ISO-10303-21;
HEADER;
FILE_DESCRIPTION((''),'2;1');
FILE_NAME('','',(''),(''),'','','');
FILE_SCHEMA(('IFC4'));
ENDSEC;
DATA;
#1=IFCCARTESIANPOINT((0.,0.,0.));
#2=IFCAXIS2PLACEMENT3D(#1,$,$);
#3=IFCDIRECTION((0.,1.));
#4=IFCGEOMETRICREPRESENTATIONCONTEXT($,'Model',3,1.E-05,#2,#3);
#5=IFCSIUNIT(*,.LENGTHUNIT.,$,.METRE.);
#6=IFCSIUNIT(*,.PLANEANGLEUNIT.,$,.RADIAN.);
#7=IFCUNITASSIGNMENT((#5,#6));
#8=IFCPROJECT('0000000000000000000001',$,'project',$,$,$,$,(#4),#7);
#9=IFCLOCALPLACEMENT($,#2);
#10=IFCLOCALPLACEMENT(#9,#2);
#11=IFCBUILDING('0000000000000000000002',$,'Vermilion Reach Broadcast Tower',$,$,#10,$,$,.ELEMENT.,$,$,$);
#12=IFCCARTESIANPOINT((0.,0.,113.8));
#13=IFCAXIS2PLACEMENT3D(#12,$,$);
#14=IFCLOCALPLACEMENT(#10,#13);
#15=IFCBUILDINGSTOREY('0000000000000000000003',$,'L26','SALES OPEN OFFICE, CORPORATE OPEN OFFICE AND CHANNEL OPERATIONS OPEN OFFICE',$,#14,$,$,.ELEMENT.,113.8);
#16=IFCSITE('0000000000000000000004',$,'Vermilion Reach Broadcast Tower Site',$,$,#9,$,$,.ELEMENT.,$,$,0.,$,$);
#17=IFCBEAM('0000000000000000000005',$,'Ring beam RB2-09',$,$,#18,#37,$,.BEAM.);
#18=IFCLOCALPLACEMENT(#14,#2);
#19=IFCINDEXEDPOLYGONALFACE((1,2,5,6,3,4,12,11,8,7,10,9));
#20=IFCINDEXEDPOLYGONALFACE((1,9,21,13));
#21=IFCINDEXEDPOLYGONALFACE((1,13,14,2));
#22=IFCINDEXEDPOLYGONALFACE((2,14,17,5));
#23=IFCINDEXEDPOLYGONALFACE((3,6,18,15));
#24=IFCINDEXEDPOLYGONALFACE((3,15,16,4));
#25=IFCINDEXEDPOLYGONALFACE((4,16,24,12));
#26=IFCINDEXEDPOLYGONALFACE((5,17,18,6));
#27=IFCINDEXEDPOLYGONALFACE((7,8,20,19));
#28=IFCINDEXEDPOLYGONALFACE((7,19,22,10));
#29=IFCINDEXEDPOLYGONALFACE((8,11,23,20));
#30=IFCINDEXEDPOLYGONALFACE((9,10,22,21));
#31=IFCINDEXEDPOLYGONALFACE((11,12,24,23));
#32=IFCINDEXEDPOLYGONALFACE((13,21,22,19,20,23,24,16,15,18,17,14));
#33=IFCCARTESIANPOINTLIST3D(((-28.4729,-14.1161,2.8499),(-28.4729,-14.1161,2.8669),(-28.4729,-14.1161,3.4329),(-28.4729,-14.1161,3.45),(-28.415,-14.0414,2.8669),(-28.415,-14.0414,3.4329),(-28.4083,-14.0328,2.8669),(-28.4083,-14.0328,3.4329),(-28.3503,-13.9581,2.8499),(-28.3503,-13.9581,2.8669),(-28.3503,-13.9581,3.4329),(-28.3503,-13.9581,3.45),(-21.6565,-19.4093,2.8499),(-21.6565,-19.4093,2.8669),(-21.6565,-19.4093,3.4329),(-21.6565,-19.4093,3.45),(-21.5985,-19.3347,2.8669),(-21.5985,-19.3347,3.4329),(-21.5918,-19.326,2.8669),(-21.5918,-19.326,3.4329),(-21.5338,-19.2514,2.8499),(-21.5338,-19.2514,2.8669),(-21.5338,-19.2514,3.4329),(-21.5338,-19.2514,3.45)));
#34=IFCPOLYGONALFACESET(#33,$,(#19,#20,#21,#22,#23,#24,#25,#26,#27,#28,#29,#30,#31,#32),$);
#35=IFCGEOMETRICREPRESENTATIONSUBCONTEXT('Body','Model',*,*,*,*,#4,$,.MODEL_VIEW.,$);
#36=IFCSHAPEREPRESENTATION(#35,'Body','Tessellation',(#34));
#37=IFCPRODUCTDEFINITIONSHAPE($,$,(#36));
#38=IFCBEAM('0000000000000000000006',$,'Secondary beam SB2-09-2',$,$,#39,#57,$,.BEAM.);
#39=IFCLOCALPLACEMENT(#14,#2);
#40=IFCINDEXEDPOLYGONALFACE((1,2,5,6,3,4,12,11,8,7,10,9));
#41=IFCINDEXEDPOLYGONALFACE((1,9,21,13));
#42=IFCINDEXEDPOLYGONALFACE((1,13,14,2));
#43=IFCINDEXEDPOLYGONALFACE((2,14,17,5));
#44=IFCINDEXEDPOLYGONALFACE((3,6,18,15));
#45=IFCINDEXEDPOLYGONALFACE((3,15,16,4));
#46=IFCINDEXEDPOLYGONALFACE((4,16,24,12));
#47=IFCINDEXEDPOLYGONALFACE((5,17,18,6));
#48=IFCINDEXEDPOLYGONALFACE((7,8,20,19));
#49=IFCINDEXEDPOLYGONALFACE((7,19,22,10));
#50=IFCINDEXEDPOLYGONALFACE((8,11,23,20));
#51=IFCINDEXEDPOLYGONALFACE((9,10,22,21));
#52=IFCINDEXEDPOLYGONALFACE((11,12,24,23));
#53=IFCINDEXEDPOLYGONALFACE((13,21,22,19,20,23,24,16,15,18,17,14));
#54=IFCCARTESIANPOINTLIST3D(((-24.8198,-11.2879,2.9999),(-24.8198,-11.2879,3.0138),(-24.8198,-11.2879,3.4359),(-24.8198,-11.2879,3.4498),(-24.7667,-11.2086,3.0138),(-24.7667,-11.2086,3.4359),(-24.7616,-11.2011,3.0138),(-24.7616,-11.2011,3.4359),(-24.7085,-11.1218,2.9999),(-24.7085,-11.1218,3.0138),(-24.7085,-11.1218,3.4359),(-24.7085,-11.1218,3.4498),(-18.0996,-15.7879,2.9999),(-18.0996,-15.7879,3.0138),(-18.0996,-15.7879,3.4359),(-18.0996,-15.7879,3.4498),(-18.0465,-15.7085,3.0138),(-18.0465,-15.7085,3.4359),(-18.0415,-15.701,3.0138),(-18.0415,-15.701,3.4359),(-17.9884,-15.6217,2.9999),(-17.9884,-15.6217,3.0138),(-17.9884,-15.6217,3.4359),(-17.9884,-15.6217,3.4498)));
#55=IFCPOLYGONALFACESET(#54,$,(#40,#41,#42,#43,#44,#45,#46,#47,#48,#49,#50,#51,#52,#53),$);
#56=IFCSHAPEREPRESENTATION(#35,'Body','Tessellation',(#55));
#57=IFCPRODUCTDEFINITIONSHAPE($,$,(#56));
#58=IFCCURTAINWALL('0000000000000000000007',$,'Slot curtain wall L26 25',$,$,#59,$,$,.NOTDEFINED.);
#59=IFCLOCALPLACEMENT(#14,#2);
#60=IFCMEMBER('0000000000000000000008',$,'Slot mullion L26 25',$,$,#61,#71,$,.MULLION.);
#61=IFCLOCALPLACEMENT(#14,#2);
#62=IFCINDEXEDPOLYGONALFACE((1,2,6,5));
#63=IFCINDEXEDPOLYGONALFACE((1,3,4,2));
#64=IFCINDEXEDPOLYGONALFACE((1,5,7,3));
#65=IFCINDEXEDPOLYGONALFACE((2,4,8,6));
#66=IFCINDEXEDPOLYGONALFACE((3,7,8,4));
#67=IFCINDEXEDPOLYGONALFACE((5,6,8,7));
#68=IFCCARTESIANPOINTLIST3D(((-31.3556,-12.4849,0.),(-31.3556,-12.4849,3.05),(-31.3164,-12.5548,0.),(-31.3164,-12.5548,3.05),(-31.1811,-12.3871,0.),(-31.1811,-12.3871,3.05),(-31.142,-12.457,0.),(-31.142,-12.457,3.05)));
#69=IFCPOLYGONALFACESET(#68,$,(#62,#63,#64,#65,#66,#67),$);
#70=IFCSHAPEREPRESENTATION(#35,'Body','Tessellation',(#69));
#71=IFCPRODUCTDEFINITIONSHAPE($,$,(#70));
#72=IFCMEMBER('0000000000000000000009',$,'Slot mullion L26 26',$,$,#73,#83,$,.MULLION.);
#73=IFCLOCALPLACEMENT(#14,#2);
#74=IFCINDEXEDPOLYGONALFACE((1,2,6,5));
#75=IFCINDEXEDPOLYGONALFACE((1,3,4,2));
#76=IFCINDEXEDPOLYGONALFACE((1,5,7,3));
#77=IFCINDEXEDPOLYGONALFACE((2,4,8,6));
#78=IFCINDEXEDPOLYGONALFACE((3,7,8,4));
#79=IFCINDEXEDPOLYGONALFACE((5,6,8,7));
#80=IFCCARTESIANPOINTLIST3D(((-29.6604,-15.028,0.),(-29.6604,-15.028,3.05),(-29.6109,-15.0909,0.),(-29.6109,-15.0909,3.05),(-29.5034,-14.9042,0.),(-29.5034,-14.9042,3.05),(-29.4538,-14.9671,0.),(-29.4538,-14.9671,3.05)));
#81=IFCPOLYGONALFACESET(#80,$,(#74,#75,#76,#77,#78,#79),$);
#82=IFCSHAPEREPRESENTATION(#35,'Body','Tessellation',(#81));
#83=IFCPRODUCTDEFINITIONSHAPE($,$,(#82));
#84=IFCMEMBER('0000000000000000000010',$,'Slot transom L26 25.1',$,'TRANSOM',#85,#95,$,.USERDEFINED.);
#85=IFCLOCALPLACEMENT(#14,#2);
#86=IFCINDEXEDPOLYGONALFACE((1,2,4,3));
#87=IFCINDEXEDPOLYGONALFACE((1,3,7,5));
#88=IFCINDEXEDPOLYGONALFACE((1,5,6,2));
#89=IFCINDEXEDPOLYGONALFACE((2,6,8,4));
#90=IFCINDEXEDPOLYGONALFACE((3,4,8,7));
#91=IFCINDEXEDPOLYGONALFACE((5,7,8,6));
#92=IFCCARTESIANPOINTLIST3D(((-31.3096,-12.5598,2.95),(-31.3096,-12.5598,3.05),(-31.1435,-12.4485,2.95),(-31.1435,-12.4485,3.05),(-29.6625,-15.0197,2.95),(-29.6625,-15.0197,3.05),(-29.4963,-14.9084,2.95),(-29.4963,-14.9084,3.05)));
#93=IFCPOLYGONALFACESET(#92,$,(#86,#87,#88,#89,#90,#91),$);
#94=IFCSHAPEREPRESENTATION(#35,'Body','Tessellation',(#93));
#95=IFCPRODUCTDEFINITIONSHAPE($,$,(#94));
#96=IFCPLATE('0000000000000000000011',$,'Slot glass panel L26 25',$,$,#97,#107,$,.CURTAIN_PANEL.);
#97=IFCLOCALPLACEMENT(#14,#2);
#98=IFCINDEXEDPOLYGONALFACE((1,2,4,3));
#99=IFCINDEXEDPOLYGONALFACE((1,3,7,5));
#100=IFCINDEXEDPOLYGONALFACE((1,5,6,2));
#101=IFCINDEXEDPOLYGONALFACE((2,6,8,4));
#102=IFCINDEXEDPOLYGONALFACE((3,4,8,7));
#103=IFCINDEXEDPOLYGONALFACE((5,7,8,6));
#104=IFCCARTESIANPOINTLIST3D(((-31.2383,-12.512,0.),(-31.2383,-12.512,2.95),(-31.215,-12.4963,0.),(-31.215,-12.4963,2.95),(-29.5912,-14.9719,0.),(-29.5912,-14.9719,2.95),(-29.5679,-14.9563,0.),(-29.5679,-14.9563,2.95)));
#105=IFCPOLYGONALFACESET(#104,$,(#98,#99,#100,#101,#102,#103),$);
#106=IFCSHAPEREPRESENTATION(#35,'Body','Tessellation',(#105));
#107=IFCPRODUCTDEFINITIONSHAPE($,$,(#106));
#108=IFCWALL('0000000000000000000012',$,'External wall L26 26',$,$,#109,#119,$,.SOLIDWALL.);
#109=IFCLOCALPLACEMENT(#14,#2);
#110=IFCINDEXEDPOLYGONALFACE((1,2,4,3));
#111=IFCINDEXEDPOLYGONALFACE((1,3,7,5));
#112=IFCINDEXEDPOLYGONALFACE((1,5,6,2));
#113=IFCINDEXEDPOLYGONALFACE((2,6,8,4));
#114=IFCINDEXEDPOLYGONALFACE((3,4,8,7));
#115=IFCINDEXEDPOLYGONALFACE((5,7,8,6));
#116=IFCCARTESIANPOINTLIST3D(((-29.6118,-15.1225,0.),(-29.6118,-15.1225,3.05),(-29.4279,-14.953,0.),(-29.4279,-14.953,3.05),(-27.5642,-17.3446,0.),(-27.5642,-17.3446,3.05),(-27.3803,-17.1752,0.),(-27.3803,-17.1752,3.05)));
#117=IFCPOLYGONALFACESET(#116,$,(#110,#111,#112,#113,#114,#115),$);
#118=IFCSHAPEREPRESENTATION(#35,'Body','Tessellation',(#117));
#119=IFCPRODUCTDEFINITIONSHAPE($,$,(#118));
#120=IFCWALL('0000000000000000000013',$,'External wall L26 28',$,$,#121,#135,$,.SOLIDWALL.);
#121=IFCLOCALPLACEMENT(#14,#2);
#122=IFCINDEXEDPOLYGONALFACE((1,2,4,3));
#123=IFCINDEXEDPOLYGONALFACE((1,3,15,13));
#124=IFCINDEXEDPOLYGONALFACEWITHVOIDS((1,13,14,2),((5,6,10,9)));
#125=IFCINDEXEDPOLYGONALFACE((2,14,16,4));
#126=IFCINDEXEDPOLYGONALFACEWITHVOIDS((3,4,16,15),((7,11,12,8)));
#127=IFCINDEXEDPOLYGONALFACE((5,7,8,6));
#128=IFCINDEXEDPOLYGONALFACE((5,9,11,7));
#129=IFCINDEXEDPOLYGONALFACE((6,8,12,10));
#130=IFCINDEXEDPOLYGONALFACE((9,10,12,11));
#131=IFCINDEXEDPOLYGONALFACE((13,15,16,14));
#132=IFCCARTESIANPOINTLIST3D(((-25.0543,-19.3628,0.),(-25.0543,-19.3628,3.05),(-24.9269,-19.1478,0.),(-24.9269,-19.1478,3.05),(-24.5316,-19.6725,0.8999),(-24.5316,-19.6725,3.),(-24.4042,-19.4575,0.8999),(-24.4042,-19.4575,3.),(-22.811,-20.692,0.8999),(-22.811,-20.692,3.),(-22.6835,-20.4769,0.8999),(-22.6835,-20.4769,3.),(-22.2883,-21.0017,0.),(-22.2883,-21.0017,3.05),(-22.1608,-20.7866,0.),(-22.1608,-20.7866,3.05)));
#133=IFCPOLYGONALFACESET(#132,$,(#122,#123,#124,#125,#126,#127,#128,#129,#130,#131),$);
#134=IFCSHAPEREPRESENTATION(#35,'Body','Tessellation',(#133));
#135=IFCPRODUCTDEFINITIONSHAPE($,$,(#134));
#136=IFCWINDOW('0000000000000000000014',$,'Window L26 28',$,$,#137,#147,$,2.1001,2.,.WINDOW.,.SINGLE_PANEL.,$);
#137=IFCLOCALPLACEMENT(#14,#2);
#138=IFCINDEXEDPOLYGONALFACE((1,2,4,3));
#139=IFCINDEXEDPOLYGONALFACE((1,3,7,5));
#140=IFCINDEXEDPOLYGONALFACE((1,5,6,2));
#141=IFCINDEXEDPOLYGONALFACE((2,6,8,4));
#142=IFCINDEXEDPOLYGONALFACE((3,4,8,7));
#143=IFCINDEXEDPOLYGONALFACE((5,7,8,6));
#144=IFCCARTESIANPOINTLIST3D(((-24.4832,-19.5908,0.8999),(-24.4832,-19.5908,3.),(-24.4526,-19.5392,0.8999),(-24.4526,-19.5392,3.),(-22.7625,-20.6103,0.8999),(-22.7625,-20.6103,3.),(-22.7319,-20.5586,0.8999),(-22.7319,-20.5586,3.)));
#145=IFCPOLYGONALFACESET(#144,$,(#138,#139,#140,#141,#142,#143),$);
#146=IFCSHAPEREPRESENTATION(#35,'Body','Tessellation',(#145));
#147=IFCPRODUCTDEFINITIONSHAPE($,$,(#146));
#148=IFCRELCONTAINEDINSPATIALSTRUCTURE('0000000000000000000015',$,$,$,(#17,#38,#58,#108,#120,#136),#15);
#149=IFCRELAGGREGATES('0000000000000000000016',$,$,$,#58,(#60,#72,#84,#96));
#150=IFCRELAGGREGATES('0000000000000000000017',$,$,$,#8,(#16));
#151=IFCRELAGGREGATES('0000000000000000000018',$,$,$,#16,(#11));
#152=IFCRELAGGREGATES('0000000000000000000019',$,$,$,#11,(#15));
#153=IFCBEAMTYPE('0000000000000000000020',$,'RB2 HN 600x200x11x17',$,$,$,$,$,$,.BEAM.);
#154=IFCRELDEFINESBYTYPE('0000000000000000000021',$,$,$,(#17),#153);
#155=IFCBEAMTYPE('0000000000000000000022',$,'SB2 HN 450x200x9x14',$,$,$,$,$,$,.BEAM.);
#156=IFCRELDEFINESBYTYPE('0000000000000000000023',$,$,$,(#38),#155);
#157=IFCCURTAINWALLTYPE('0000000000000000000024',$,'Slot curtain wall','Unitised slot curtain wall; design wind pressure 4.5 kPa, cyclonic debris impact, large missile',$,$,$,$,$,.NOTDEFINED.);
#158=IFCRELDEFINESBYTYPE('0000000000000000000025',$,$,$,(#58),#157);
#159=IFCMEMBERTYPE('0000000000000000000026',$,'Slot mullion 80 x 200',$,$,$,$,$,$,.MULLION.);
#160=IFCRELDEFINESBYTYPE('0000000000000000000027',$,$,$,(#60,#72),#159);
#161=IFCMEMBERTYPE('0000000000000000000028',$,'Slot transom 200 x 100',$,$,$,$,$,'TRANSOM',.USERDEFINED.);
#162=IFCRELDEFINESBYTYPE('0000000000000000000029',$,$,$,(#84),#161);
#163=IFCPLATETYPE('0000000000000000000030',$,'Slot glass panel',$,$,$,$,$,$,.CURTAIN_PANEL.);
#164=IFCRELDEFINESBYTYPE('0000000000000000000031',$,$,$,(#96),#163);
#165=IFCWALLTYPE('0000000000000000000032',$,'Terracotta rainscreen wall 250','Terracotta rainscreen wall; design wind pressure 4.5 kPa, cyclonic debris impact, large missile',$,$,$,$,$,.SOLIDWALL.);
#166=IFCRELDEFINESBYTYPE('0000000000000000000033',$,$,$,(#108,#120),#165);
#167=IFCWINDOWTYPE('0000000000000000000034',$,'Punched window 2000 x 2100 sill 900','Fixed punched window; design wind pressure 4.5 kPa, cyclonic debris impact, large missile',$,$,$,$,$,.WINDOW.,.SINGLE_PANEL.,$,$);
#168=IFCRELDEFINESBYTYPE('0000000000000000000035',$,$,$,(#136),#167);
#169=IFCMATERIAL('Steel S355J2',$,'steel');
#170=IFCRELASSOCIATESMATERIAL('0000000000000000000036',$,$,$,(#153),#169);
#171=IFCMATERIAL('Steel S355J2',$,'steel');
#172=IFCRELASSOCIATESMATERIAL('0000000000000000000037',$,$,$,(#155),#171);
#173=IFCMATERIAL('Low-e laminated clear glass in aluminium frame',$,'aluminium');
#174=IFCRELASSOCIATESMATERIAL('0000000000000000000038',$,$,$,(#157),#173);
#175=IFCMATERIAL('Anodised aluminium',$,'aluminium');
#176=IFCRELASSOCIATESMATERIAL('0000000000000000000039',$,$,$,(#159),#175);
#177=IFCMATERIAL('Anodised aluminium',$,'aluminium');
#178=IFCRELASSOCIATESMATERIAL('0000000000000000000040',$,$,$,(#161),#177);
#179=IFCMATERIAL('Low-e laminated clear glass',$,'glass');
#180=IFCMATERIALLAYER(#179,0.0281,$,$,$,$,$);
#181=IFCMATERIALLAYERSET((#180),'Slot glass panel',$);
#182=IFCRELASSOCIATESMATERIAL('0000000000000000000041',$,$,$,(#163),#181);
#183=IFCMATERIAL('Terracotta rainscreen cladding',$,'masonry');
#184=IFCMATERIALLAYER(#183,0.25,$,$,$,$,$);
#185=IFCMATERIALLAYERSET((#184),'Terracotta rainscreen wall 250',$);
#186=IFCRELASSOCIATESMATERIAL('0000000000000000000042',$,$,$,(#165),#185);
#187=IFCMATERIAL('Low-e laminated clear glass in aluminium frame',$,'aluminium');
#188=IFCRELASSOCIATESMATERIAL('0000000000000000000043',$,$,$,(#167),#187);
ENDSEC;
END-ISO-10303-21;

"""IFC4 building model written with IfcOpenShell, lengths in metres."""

from ifc_helpers import new_model, si_unit, direction, frame, frame_2d, origin, origin_2d, place, context, subcontext, project, spatial, rectangle, i_section, extrude, material, layer, layer_set, material_profile, profile_set, type_object, element, fill, aggregate, save


model = new_model("IFC4")

# Units and contexts
model_context = context("Model", 3, precision=1e-05, world=origin(), true_north=direction((0.0, 1.0)))
body_context = subcontext(model_context, "Body", "Model", "MODEL_VIEW")
ifc_project = project(units=[si_unit("LENGTHUNIT", "METRE"), si_unit("PLANEANGLEUNIT", "RADIAN")], contexts=[model_context])

# Site, building, storey
site_placement = place(None, origin())
site = spatial("IfcSite", under=ifc_project, at=site_placement, Name="Vermilion Reach Broadcast Tower Site", CompositionType="ELEMENT", RefElevation=0.0)
building_placement = place(site_placement, origin())
building = spatial("IfcBuilding", under=site, at=building_placement, Name="Vermilion Reach Broadcast Tower", CompositionType="ELEMENT")
storey_placement = place(building_placement, frame((0.0, 0.0, 113.8)))
storey = spatial("IfcBuildingStorey", under=building, at=storey_placement, Name="L26", Description="SALES OPEN OFFICE, CORPORATE OPEN OFFICE AND CHANNEL OPERATIONS OPEN OFFICE", CompositionType="ELEMENT", Elevation=113.8)

# Beams
ifc_material_1 = material(Name="Steel S355J2", Category="steel")
ifc_material_profile_1 = material_profile(ifc_material_1, i_section(OverallWidth=0.2, OverallDepth=0.6001, WebThickness=0.011, FlangeThickness=0.0171, at=origin_2d()), Name="S355J2 HN 600x200x11x17")
ifc_profile_set_1 = profile_set([ifc_material_profile_1], Name="Steel S355J2")
beam_type_1 = type_object("IfcBeamType", Name="RB2 HN 600x200x11x17", PredefinedType="BEAM", material=ifc_profile_set_1)
beam_1_placement = place(storey_placement, frame((-28.4116, -14.0371, 3.1499), z_axis=(0.789826, -0.613331, 0.0), x_axis=(0.613331, 0.789826, 0.0)))
element("IfcBeam", 1, at=beam_1_placement, inside=storey, type_object=beam_type_1, Name="Ring beam RB2-09", PredefinedType="BEAM", context=body_context, shape_type="SweptSolid", body=[
    extrude(i_section(OverallWidth=0.2, OverallDepth=0.6001, WebThickness=0.011, FlangeThickness=0.0171, at=origin_2d()), origin(), (0.0, 0.0, 1.0), 8.6304),
])
ifc_material_2 = material(Name="Steel S355J2", Category="steel")
ifc_material_profile_2 = material_profile(ifc_material_2, i_section(OverallWidth=0.2, OverallDepth=0.45, WebThickness=0.009, FlangeThickness=0.0139, at=origin_2d()), Name="S355J2 HN 450x200x9x14")
ifc_profile_set_2 = profile_set([ifc_material_profile_2], Name="Steel S355J2")
beam_type_2 = type_object("IfcBeamType", Name="SB2 HN 450x200x9x14", PredefinedType="BEAM", material=ifc_profile_set_2)
beam_2_placement = place(storey_placement, frame((-24.7642, -11.2048, 3.2249), z_axis=(0.830915, -0.556399, 0.0), x_axis=(0.556399, 0.830915, 0.0)))
element("IfcBeam", 2, at=beam_2_placement, inside=storey, type_object=beam_type_2, Name="Secondary beam SB2-09-2", PredefinedType="BEAM", context=body_context, shape_type="SweptSolid", body=[
    extrude(i_section(OverallWidth=0.2, OverallDepth=0.45, WebThickness=0.009, FlangeThickness=0.0139, at=origin_2d()), origin(), (0.0, 0.0, 1.0), 8.0876),
])

# Curtain wall, members, plate
ifc_material_3 = material(Name="Low-e laminated clear glass in aluminium frame", Category="aluminium")
curtain_wall_type = type_object("IfcCurtainWallType", Name="Slot curtain wall", Description="Unitised slot curtain wall; design wind pressure 4.5 kPa, cyclonic debris impact, large missile", PredefinedType="NOTDEFINED", material=ifc_material_3)
curtain_wall_placement = place(storey_placement, origin())
curtain_wall = element("IfcCurtainWall", 3, at=curtain_wall_placement, inside=storey, type_object=curtain_wall_type, Name="Slot curtain wall L26 25", PredefinedType="NOTDEFINED")
ifc_material_4 = material(Name="Anodised aluminium", Category="aluminium")
ifc_material_profile_3 = material_profile(ifc_material_4, rectangle(XDim=0.2, YDim=0.0801, at=origin_2d()), Name="Slot mullion 80 x 200")
ifc_profile_set_3 = profile_set([ifc_material_profile_3], Name="Anodised aluminium")
member_type_1 = type_object("IfcMemberType", Name="Slot mullion 80 x 200", PredefinedType="MULLION", material=ifc_profile_set_3)
member_1_placement = place(storey_placement, frame((-31.2488, -12.4709, 0.0), z_axis=(0.0, 0.0, 1.0), x_axis=(0.872335, 0.488909, 0.0)))
member_1 = element("IfcMember", 4, at=member_1_placement, type_object=member_type_1, Name="Slot mullion L26 25", PredefinedType="MULLION", context=body_context, shape_type="SweptSolid", body=[
    extrude(rectangle(XDim=0.2, YDim=0.0801, at=origin_2d()), origin(), (0.0, 0.0, 1.0), 3.05),
])
member_2_placement = place(storey_placement, frame((-29.5571, -14.9976, 0.0), z_axis=(0.0, 0.0, 1.0), x_axis=(0.785496, 0.618867, 0.0)))
member_2 = element("IfcMember", 5, at=member_2_placement, type_object=member_type_1, Name="Slot mullion L26 26", PredefinedType="MULLION", context=body_context, shape_type="SweptSolid", body=[
    extrude(rectangle(XDim=0.2, YDim=0.0801, at=origin_2d()), origin(), (0.0, 0.0, 1.0), 3.05),
])
ifc_material_5 = material(Name="Anodised aluminium", Category="aluminium")
ifc_material_profile_4 = material_profile(ifc_material_5, rectangle(XDim=0.2, YDim=0.1001, at=origin_2d()), Name="Slot transom 200 x 100")
ifc_profile_set_4 = profile_set([ifc_material_profile_4], Name="Anodised aluminium")
member_type_2 = type_object("IfcMemberType", Name="Slot transom 200 x 100", ElementType="TRANSOM", PredefinedType="USERDEFINED", material=ifc_profile_set_4)
member_3_placement = place(storey_placement, frame((-31.2266, -12.5042, 3.0), z_axis=(0.556393, -0.830919, 0.0), x_axis=(0.830919, 0.556393, 0.0)))
member_3 = element("IfcMember", 6, at=member_3_placement, type_object=member_type_2, Name="Slot transom L26 25.1", ObjectType="TRANSOM", PredefinedType="USERDEFINED", context=body_context, shape_type="SweptSolid", body=[
    extrude(rectangle(XDim=0.2, YDim=0.1001, at=origin_2d()), origin(), (0.0, 0.0, 1.0), 2.9604),
])
ifc_material_6 = material(Name="Low-e laminated clear glass", Category="glass")
ifc_layer_1 = layer(ifc_material_6, 0.0281)
ifc_layer_set_1 = layer_set([ifc_layer_1], Name="Slot glass panel")
plate_type = type_object("IfcPlateType", Name="Slot glass panel", PredefinedType="CURTAIN_PANEL", material=ifc_layer_set_1)
plate_placement = place(storey_placement, frame((-30.4031, -13.7341, 0.0), z_axis=(0.0, 0.0, 1.0), x_axis=(0.556361, -0.83094, 0.0)))
plate = element("IfcPlate", 7, at=plate_placement, type_object=plate_type, Name="Slot glass panel L26 25", PredefinedType="CURTAIN_PANEL", context=body_context, shape_type="SweptSolid", body=[
    extrude(rectangle(XDim=2.9604, YDim=0.0281, at=origin_2d()), origin(), (0.0, 0.0, 1.0), 2.95),
])
aggregate(curtain_wall, [member_1, member_2, member_3, plate])

# Wall
ifc_material_7 = material(Name="Terracotta rainscreen cladding", Category="masonry")
ifc_layer_2 = layer(ifc_material_7, 0.25)
ifc_layer_set_2 = layer_set([ifc_layer_2], Name="Terracotta rainscreen wall 250")
wall_type = type_object("IfcWallType", Name="Terracotta rainscreen wall 250", Description="Terracotta rainscreen wall; design wind pressure 4.5 kPa, cyclonic debris impact, large missile", PredefinedType="SOLIDWALL", material=ifc_layer_set_2)
wall_1_placement = place(storey_placement, frame((-29.5198, -15.0378, 0.0), z_axis=(0.0, 0.0, 1.0), x_axis=(0.677632, -0.735401, 0.0)))
element("IfcWall", 8, at=wall_1_placement, inside=storey, type_object=wall_type, Name="External wall L26 26", PredefinedType="SOLIDWALL", context=body_context, shape_type="SweptSolid", body=[
    extrude(rectangle(XDim=3.0217, YDim=0.25, at=frame_2d((1.5107, 0.0))), origin(), (0.0, 0.0, 1.0), 3.05),
])

# Wall, opening, window
wall_2_placement = place(storey_placement, frame((-24.9905, -19.2554, 0.0), z_axis=(0.0, 0.0, 1.0), x_axis=(0.860327, -0.509742, 0.0)))
wall_2 = element("IfcWall", 9, at=wall_2_placement, inside=storey, type_object=wall_type, Name="External wall L26 28", PredefinedType="SOLIDWALL", context=body_context, shape_type="SweptSolid", body=[
    extrude(rectangle(XDim=3.2151, YDim=0.25, at=frame_2d((1.6074, 0.0))), origin(), (0.0, 0.0, 1.0), 3.05),
])
opening_1_placement = place(wall_2_placement, frame((0.6074, 0.0, 0.8999)))
opening_1 = element("IfcOpeningElement", 10, at=opening_1_placement, cuts=wall_2, PredefinedType="OPENING", context=body_context, shape_type="SweptSolid", body=[
    extrude(rectangle(XDim=2.0, YDim=2.1001, at=frame_2d((1.0, 1.05))), frame((0.0, 0.135, 0.0), z_axis=(0.0, -1.0, 0.0), x_axis=(1.0, 0.0, 0.0)), (0.0, 0.0, 1.0), 0.27),
])
ifc_material_8 = material(Name="Low-e laminated clear glass in aluminium frame", Category="aluminium")
window_type = type_object("IfcWindowType", Name="Punched window 2000 x 2100 sill 900", Description="Fixed punched window; design wind pressure 4.5 kPa, cyclonic debris impact, large missile", PartitioningType="SINGLE_PANEL", PredefinedType="WINDOW", material=ifc_material_8)
window_1_placement = place(opening_1_placement, origin())
window_1 = element("IfcWindow", 11, at=window_1_placement, inside=storey, type_object=window_type, Name="Window L26 28", OverallHeight=2.1001, OverallWidth=2.0, PartitioningType="SINGLE_PANEL", PredefinedType="WINDOW", context=body_context, shape_type="SweptSolid", body=[
    extrude(rectangle(XDim=2.0, YDim=2.1001, at=frame_2d((1.0, 1.05))), frame((0.0, 0.03, 0.0), z_axis=(0.0, -1.0, 0.0), x_axis=(1.0, 0.0, 0.0)), (0.0, 0.0, 1.0), 0.0601),
])
fill(opening_1, window_1)

save(model, "model.ifc")
